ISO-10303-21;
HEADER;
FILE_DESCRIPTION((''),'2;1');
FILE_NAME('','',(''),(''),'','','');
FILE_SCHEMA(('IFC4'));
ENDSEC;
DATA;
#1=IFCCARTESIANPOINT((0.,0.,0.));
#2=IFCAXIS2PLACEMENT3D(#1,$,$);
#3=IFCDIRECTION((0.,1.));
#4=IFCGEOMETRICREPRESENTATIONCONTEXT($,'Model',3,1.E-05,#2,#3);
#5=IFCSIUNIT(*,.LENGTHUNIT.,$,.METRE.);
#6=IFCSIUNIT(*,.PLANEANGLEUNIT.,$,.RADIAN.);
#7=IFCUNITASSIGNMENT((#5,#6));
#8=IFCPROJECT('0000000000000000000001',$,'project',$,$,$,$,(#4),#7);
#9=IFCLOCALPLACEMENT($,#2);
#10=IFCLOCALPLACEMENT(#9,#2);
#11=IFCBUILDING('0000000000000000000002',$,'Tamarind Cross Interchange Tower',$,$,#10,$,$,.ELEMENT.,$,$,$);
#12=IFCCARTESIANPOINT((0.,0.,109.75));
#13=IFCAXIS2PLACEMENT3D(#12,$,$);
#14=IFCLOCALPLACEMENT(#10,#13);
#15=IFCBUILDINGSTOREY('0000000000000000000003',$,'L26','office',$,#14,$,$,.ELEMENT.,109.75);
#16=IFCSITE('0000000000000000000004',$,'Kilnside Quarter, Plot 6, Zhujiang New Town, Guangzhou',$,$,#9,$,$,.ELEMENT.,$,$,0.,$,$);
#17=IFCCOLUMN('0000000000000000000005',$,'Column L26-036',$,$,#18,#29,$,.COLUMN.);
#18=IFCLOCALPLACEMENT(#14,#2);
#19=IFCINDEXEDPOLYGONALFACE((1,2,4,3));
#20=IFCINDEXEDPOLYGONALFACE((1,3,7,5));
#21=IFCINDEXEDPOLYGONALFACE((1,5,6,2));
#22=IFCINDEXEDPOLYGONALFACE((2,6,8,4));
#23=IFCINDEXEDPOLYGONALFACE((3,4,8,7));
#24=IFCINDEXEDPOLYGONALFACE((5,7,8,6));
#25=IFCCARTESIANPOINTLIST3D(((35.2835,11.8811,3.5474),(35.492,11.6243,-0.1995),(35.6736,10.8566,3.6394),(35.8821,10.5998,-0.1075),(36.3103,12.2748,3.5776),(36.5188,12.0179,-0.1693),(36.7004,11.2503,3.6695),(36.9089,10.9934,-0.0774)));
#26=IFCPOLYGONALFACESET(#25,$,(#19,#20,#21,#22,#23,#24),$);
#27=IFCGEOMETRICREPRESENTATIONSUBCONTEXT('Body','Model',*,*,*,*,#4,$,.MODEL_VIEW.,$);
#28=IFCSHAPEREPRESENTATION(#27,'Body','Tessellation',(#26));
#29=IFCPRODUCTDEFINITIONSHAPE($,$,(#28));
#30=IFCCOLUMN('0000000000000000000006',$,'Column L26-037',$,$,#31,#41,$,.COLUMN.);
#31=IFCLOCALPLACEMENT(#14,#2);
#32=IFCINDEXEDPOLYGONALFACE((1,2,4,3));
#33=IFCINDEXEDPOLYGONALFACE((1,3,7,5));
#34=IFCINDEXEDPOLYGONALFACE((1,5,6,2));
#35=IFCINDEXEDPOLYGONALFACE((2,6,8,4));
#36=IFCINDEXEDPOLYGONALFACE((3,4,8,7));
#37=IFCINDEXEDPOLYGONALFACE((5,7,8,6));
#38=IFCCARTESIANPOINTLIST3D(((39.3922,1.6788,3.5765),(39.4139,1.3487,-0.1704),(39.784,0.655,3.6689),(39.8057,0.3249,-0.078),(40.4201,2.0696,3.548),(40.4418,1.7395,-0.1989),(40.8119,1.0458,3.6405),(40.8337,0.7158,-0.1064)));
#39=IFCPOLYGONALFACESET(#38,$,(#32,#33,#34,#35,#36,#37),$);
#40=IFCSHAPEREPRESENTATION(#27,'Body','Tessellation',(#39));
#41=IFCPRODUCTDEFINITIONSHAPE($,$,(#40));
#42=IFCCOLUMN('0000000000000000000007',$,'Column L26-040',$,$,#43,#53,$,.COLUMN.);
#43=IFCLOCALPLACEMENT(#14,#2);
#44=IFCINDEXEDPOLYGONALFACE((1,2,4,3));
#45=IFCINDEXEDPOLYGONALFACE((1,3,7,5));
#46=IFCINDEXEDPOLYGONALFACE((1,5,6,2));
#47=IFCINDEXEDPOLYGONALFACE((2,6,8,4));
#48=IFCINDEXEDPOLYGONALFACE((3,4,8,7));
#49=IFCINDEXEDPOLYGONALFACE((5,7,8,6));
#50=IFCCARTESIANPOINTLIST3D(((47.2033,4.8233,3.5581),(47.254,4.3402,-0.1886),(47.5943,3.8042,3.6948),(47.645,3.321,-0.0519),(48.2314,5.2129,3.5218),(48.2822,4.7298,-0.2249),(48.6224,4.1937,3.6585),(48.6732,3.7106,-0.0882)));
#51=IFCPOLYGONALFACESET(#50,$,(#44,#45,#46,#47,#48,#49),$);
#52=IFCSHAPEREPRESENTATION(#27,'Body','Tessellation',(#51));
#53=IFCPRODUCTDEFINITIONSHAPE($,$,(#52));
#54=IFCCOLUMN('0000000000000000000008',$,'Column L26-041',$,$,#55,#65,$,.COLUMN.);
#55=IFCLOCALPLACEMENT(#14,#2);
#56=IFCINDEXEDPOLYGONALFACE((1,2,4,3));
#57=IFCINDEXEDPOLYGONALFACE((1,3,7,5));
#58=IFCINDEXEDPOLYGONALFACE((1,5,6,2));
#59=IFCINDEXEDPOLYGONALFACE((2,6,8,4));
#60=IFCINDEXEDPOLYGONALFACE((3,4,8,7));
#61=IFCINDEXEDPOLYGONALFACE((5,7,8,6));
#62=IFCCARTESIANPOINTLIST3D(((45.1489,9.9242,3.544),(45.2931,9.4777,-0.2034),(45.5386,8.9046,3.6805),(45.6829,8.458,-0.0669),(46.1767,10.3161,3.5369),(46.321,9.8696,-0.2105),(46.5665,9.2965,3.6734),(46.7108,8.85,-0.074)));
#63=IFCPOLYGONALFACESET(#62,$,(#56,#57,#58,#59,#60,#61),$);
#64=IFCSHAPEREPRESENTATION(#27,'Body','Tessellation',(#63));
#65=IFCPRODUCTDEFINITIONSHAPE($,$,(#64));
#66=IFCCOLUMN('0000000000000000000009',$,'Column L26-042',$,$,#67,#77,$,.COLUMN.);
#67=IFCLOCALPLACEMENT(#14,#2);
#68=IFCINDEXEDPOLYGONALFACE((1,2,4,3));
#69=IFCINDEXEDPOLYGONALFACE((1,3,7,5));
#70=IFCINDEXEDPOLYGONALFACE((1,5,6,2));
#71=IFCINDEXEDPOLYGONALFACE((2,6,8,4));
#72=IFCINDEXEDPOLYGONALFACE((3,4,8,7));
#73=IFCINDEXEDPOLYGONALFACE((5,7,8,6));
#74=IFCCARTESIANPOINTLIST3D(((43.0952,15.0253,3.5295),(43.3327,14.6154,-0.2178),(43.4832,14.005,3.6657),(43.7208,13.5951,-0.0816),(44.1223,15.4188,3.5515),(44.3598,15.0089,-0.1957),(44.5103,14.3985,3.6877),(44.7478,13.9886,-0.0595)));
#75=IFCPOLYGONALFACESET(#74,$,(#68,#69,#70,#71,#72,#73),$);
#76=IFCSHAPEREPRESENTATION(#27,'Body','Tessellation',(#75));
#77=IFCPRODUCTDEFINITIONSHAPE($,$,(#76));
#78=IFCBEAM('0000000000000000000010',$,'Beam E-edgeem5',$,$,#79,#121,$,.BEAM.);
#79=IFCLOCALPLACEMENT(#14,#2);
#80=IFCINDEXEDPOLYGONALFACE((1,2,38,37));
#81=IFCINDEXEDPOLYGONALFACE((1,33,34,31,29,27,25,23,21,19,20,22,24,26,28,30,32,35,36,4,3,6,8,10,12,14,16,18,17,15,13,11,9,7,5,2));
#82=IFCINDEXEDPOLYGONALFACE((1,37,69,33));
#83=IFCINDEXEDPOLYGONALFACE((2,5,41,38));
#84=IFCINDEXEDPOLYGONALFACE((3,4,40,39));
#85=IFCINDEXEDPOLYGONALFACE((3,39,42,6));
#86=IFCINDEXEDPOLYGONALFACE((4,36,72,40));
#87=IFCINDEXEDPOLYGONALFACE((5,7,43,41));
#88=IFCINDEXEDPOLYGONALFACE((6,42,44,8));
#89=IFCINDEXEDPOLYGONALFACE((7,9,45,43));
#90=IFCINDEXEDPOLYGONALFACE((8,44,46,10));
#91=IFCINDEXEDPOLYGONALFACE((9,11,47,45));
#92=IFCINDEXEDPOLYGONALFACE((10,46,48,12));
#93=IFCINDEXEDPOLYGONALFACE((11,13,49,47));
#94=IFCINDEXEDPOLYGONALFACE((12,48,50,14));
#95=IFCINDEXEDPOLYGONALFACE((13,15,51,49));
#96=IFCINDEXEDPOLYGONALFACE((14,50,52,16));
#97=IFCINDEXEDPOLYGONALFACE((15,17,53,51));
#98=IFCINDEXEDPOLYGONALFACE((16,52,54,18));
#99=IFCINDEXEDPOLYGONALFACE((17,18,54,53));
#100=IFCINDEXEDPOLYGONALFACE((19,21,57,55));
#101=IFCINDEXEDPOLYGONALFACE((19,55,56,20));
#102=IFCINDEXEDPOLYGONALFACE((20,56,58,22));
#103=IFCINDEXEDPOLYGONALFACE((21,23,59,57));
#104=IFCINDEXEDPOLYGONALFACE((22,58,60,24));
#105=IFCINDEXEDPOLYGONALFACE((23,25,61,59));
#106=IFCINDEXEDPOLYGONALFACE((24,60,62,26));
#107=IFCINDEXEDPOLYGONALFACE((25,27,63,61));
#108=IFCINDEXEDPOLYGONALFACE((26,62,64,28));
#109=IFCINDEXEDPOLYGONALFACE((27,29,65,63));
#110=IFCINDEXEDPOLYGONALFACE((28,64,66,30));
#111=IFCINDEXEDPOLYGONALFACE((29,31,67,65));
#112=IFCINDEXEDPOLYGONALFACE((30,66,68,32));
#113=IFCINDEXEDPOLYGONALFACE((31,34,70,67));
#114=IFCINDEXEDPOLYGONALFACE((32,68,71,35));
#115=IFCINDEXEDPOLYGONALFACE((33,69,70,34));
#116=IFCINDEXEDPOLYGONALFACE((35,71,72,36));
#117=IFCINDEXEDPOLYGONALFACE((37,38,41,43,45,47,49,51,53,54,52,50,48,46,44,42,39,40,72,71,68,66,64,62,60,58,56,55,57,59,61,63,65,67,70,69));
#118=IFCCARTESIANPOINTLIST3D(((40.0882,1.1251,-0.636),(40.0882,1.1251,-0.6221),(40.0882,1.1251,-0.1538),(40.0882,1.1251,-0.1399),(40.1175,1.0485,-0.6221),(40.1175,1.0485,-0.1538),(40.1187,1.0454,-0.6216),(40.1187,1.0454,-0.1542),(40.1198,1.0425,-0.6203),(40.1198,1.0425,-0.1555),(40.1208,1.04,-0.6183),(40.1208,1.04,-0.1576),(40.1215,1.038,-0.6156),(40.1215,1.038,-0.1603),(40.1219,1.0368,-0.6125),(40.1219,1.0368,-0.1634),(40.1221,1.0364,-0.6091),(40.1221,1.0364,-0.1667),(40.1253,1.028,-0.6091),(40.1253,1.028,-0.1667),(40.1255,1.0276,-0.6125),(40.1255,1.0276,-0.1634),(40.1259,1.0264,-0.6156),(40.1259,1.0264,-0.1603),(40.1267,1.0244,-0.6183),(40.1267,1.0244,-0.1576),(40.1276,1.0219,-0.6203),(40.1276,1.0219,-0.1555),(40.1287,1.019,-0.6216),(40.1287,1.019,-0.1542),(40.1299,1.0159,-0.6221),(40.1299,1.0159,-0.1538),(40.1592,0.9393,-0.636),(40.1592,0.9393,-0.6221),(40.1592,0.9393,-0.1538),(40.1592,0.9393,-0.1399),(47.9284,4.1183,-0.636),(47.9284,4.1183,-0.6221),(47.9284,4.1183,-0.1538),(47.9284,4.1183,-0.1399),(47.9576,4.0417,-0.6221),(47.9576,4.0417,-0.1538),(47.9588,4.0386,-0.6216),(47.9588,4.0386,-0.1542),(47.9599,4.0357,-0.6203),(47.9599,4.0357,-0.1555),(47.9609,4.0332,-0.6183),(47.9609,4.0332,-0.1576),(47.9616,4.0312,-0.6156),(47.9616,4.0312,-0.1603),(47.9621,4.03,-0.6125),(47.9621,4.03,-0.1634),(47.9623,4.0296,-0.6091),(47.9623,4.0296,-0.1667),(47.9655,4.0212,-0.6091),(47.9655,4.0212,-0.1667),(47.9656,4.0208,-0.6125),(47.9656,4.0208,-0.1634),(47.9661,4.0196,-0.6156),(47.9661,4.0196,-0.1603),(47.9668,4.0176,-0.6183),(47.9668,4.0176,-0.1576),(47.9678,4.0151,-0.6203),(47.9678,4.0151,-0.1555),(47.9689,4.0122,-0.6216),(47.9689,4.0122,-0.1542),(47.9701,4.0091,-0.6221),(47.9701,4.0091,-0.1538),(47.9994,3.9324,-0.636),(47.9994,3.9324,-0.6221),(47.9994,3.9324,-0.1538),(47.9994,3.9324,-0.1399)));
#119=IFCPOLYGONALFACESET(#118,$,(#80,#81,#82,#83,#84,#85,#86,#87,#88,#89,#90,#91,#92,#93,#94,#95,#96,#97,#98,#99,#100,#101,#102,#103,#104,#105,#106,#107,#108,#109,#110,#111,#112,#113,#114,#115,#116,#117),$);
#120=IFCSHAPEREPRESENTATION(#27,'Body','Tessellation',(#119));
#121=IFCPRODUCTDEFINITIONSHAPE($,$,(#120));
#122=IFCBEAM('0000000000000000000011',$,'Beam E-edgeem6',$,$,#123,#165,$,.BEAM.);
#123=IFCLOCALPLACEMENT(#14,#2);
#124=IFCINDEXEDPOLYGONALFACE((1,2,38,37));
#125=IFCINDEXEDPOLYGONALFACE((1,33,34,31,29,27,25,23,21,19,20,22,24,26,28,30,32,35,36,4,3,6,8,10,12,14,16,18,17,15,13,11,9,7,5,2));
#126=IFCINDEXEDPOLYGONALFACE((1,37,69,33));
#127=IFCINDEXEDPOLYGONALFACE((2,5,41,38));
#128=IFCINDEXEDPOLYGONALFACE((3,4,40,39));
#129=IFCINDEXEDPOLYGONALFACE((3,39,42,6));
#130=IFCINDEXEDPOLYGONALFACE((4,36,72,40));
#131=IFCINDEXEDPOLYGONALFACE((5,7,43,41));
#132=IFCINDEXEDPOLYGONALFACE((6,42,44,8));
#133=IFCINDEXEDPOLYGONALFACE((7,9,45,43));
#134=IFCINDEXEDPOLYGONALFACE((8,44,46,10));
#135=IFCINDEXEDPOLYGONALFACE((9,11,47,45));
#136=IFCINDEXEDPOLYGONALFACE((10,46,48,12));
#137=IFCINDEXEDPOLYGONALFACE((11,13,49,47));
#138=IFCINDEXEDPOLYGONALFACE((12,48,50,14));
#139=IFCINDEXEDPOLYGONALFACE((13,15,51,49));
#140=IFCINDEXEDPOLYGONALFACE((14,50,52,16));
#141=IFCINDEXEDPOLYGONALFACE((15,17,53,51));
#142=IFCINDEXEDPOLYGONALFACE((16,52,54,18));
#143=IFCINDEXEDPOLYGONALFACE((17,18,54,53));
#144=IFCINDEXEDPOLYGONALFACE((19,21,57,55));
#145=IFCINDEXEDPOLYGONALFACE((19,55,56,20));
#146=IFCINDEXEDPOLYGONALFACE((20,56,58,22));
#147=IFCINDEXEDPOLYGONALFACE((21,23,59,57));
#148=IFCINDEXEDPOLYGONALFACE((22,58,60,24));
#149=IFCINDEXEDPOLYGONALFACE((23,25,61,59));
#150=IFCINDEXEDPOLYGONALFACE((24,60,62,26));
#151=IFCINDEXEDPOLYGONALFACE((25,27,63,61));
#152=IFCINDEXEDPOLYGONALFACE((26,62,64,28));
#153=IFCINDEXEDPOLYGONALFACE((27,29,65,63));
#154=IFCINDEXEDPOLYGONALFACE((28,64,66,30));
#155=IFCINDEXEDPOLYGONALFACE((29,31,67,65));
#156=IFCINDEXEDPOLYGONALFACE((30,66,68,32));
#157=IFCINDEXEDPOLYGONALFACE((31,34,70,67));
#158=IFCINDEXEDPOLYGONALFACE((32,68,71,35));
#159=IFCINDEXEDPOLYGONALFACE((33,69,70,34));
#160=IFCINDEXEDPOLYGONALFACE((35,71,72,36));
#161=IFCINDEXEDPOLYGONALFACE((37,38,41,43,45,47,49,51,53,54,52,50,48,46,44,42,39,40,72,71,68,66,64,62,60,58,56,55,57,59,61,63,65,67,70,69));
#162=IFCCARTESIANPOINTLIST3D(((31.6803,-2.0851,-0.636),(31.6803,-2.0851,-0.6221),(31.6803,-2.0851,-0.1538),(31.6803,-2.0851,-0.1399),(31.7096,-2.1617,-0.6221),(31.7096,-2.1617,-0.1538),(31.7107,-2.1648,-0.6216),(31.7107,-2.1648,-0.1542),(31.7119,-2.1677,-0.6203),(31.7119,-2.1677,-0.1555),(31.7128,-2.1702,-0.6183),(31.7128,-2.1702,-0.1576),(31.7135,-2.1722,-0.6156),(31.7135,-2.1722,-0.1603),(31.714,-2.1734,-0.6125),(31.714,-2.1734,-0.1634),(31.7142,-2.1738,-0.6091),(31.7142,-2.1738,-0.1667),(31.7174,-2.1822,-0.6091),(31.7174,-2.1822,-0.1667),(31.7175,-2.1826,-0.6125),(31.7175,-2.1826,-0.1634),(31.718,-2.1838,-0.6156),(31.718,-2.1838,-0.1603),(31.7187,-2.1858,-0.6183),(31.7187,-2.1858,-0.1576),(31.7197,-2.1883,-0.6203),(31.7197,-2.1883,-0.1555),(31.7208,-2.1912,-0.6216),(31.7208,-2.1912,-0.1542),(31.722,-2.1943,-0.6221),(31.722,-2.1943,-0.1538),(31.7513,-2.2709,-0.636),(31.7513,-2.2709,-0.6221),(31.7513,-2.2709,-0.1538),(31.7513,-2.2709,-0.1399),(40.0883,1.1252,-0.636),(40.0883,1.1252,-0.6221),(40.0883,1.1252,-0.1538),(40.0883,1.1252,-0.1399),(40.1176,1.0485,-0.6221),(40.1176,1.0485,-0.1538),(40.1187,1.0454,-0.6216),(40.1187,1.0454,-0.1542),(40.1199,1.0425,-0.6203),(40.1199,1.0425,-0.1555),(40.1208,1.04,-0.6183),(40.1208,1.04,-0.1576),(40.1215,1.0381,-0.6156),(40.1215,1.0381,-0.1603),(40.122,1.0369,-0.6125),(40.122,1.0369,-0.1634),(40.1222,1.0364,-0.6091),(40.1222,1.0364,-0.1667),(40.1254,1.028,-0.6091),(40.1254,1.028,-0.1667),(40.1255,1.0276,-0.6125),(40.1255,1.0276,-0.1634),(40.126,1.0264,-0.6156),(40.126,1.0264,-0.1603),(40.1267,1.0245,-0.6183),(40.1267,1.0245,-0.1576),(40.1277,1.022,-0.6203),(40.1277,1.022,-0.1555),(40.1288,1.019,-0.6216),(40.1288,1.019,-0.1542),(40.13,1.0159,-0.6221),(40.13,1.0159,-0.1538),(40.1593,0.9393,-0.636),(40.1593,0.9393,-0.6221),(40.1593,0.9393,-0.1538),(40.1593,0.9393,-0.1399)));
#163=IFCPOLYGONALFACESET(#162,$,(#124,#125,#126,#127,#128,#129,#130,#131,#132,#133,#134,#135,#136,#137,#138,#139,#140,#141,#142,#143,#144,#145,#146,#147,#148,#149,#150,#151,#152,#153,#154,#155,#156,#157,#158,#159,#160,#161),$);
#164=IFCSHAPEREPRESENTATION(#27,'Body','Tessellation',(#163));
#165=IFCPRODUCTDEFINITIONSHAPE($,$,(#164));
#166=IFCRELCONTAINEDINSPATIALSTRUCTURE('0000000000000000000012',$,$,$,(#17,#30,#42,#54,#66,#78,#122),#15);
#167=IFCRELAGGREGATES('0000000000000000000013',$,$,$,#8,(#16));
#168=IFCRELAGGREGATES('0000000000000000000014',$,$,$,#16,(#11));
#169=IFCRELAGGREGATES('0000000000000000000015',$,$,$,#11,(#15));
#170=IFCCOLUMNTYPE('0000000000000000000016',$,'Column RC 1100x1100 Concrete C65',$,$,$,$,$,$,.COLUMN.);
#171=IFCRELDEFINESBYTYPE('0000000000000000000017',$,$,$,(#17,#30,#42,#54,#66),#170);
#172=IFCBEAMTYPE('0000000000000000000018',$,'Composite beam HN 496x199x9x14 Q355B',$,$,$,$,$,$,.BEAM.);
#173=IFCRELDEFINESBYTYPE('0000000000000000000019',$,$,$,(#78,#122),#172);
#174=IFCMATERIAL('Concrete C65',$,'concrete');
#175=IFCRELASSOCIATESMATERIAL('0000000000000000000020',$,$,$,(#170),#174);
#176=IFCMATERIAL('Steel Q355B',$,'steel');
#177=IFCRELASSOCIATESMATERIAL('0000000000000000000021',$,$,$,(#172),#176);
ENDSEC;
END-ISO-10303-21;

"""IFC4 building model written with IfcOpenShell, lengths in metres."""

from ifc_helpers import new_model, si_unit, direction, frame, origin, origin_2d, place, context, subcontext, project, spatial, rectangle, i_section, extrude, material, material_profile, profile_set, type_object, element, save


model = new_model("IFC4")

# Units and contexts
model_context = context("Model", 3, precision=1e-05, world=origin(), true_north=direction((0.0, 1.0)))
body_context = subcontext(model_context, "Body", "Model", "MODEL_VIEW")
ifc_project = project(units=[si_unit("LENGTHUNIT", "METRE"), si_unit("PLANEANGLEUNIT", "RADIAN")], contexts=[model_context])

# Site, building, storey
site_placement = place(None, origin())
site = spatial("IfcSite", under=ifc_project, at=site_placement, Name="Kilnside Quarter, Plot 6, Zhujiang New Town, Guangzhou", CompositionType="ELEMENT", RefElevation=0.0)
building_placement = place(site_placement, origin())
building = spatial("IfcBuilding", under=site, at=building_placement, Name="Tamarind Cross Interchange Tower", CompositionType="ELEMENT")
storey_placement = place(building_placement, frame((0.0, 0.0, 109.75)))
storey = spatial("IfcBuildingStorey", under=building, at=storey_placement, Name="L26", Description="office", CompositionType="ELEMENT", Elevation=109.75)

# Columns
ifc_material_1 = material(Name="Concrete C65", Category="concrete")
ifc_material_profile_1 = material_profile(ifc_material_1, rectangle(XDim=1.1001, YDim=1.1001, at=origin_2d()), Name="RC 1100x1100")
ifc_profile_set_1 = profile_set([ifc_material_profile_1], Name="Concrete C65")
column_type = type_object("IfcColumnType", Name="Column RC 1100x1100 Concrete C65", PredefinedType="COLUMN", material=ifc_profile_set_1)
for number, where, z_axis, x_axis, name in (
    (1, (36.2004, 11.3088, -0.1384), (-0.05543, 0.068282, 0.996125), (0.354587, -0.931281, 0.083568), "Column L26-036"),
    (2, (40.1238, 1.0322, -0.1384), (-0.005777, 0.087754, 0.996125), (-0.934402, -0.355279, 0.02588), "Column L26-037"),
):
    element("IfcColumn", number, at=place(storey_placement, frame(where, z_axis=z_axis, x_axis=x_axis)), inside=storey, type_object=column_type, Name=name, PredefinedType="COLUMN", context=body_context, shape_type="SweptSolid", body=[
        extrude(rectangle(XDim=1.1001, YDim=1.1001, at=origin_2d()), origin(), (0.0, 0.0, 1.0), 3.7615),
    ])
column_1_placement = place(storey_placement, frame((47.9636, 4.0254, -0.1384), z_axis=(-0.013441, 0.12788, 0.991699), x_axis=(-0.934613, -0.354131, 0.032998)))
element("IfcColumn", 3, at=column_1_placement, inside=storey, type_object=column_type, Name="Column L26-040", PredefinedType="COLUMN", context=body_context, shape_type="SweptSolid", body=[
    extrude(rectangle(XDim=1.1001, YDim=1.1001, at=origin_2d()), origin(), (0.0, 0.0, 1.0), 3.7781),
])
column_2_placement = place(storey_placement, frame((46.002, 9.1638, -0.1387), z_axis=(-0.038206, 0.118237, 0.99225), x_axis=(-0.934358, -0.356277, 0.006478)))
element("IfcColumn", 4, at=column_2_placement, inside=storey, type_object=column_type, Name="Column L26-041", PredefinedType="COLUMN", context=body_context, shape_type="SweptSolid", body=[
    extrude(rectangle(XDim=1.1001, YDim=1.1001, at=origin_2d()), origin(), (0.0, 0.0, 1.0), 3.7766),
])
column_3_placement = place(storey_placement, frame((44.0403, 14.302, -0.1387), z_axis=(-0.062891, 0.108524, 0.992102), x_axis=(0.352725, -0.927499, 0.123817)))
element("IfcColumn", 5, at=column_3_placement, inside=storey, type_object=column_type, Name="Column L26-042", PredefinedType="COLUMN", context=body_context, shape_type="SweptSolid", body=[
    extrude(rectangle(XDim=1.1001, YDim=1.1001, at=origin_2d()), origin(), (0.0, 0.0, 1.0), 3.7771),
])

# Beams
ifc_material_2 = material(Name="Steel Q355B", Category="steel")
ifc_material_profile_2 = material_profile(ifc_material_2, i_section(OverallWidth=0.199, OverallDepth=0.4961, WebThickness=0.009, FlangeThickness=0.0139, FilletRadius=0.0129, at=origin_2d()), Name="HN 496x199x9x14")
ifc_profile_set_2 = profile_set([ifc_material_profile_2], Name="Steel Q355B")
beam_type_1 = type_object("IfcBeamType", Name="Composite beam HN 496x199x9x14 Q355B", PredefinedType="BEAM", material=ifc_profile_set_2)
beam_1_placement = place(storey_placement, frame((47.9639, 4.0254, -0.3879), z_axis=(-0.934231, -0.356668, 0.0), x_axis=(0.356668, -0.934231, 0.0)))
element("IfcBeam", 6, at=beam_1_placement, inside=storey, type_object=beam_type_1, Name="Beam E-edgeem5", PredefinedType="BEAM", context=body_context, shape_type="SweptSolid", body=[
    extrude(i_section(OverallWidth=0.199, OverallDepth=0.4961, WebThickness=0.009, FlangeThickness=0.0139, FilletRadius=0.0129, at=origin_2d()), origin(), (0.0, 0.0, 1.0), 8.3921),
])
beam_2_placement = place(storey_placement, frame((40.1238, 1.0322, -0.3879), z_axis=(-0.934222, -0.356691, 0.0), x_axis=(0.356691, -0.934222, 0.0)))
element("IfcBeam", 7, at=beam_2_placement, inside=storey, type_object=beam_type_1, Name="Beam E-edgeem6", PredefinedType="BEAM", context=body_context, shape_type="SweptSolid", body=[
    extrude(i_section(OverallWidth=0.199, OverallDepth=0.4961, WebThickness=0.009, FlangeThickness=0.0139, FilletRadius=0.0129, at=origin_2d()), origin(), (0.0, 0.0, 1.0), 9.0),
])

save(model, "model.ifc")
